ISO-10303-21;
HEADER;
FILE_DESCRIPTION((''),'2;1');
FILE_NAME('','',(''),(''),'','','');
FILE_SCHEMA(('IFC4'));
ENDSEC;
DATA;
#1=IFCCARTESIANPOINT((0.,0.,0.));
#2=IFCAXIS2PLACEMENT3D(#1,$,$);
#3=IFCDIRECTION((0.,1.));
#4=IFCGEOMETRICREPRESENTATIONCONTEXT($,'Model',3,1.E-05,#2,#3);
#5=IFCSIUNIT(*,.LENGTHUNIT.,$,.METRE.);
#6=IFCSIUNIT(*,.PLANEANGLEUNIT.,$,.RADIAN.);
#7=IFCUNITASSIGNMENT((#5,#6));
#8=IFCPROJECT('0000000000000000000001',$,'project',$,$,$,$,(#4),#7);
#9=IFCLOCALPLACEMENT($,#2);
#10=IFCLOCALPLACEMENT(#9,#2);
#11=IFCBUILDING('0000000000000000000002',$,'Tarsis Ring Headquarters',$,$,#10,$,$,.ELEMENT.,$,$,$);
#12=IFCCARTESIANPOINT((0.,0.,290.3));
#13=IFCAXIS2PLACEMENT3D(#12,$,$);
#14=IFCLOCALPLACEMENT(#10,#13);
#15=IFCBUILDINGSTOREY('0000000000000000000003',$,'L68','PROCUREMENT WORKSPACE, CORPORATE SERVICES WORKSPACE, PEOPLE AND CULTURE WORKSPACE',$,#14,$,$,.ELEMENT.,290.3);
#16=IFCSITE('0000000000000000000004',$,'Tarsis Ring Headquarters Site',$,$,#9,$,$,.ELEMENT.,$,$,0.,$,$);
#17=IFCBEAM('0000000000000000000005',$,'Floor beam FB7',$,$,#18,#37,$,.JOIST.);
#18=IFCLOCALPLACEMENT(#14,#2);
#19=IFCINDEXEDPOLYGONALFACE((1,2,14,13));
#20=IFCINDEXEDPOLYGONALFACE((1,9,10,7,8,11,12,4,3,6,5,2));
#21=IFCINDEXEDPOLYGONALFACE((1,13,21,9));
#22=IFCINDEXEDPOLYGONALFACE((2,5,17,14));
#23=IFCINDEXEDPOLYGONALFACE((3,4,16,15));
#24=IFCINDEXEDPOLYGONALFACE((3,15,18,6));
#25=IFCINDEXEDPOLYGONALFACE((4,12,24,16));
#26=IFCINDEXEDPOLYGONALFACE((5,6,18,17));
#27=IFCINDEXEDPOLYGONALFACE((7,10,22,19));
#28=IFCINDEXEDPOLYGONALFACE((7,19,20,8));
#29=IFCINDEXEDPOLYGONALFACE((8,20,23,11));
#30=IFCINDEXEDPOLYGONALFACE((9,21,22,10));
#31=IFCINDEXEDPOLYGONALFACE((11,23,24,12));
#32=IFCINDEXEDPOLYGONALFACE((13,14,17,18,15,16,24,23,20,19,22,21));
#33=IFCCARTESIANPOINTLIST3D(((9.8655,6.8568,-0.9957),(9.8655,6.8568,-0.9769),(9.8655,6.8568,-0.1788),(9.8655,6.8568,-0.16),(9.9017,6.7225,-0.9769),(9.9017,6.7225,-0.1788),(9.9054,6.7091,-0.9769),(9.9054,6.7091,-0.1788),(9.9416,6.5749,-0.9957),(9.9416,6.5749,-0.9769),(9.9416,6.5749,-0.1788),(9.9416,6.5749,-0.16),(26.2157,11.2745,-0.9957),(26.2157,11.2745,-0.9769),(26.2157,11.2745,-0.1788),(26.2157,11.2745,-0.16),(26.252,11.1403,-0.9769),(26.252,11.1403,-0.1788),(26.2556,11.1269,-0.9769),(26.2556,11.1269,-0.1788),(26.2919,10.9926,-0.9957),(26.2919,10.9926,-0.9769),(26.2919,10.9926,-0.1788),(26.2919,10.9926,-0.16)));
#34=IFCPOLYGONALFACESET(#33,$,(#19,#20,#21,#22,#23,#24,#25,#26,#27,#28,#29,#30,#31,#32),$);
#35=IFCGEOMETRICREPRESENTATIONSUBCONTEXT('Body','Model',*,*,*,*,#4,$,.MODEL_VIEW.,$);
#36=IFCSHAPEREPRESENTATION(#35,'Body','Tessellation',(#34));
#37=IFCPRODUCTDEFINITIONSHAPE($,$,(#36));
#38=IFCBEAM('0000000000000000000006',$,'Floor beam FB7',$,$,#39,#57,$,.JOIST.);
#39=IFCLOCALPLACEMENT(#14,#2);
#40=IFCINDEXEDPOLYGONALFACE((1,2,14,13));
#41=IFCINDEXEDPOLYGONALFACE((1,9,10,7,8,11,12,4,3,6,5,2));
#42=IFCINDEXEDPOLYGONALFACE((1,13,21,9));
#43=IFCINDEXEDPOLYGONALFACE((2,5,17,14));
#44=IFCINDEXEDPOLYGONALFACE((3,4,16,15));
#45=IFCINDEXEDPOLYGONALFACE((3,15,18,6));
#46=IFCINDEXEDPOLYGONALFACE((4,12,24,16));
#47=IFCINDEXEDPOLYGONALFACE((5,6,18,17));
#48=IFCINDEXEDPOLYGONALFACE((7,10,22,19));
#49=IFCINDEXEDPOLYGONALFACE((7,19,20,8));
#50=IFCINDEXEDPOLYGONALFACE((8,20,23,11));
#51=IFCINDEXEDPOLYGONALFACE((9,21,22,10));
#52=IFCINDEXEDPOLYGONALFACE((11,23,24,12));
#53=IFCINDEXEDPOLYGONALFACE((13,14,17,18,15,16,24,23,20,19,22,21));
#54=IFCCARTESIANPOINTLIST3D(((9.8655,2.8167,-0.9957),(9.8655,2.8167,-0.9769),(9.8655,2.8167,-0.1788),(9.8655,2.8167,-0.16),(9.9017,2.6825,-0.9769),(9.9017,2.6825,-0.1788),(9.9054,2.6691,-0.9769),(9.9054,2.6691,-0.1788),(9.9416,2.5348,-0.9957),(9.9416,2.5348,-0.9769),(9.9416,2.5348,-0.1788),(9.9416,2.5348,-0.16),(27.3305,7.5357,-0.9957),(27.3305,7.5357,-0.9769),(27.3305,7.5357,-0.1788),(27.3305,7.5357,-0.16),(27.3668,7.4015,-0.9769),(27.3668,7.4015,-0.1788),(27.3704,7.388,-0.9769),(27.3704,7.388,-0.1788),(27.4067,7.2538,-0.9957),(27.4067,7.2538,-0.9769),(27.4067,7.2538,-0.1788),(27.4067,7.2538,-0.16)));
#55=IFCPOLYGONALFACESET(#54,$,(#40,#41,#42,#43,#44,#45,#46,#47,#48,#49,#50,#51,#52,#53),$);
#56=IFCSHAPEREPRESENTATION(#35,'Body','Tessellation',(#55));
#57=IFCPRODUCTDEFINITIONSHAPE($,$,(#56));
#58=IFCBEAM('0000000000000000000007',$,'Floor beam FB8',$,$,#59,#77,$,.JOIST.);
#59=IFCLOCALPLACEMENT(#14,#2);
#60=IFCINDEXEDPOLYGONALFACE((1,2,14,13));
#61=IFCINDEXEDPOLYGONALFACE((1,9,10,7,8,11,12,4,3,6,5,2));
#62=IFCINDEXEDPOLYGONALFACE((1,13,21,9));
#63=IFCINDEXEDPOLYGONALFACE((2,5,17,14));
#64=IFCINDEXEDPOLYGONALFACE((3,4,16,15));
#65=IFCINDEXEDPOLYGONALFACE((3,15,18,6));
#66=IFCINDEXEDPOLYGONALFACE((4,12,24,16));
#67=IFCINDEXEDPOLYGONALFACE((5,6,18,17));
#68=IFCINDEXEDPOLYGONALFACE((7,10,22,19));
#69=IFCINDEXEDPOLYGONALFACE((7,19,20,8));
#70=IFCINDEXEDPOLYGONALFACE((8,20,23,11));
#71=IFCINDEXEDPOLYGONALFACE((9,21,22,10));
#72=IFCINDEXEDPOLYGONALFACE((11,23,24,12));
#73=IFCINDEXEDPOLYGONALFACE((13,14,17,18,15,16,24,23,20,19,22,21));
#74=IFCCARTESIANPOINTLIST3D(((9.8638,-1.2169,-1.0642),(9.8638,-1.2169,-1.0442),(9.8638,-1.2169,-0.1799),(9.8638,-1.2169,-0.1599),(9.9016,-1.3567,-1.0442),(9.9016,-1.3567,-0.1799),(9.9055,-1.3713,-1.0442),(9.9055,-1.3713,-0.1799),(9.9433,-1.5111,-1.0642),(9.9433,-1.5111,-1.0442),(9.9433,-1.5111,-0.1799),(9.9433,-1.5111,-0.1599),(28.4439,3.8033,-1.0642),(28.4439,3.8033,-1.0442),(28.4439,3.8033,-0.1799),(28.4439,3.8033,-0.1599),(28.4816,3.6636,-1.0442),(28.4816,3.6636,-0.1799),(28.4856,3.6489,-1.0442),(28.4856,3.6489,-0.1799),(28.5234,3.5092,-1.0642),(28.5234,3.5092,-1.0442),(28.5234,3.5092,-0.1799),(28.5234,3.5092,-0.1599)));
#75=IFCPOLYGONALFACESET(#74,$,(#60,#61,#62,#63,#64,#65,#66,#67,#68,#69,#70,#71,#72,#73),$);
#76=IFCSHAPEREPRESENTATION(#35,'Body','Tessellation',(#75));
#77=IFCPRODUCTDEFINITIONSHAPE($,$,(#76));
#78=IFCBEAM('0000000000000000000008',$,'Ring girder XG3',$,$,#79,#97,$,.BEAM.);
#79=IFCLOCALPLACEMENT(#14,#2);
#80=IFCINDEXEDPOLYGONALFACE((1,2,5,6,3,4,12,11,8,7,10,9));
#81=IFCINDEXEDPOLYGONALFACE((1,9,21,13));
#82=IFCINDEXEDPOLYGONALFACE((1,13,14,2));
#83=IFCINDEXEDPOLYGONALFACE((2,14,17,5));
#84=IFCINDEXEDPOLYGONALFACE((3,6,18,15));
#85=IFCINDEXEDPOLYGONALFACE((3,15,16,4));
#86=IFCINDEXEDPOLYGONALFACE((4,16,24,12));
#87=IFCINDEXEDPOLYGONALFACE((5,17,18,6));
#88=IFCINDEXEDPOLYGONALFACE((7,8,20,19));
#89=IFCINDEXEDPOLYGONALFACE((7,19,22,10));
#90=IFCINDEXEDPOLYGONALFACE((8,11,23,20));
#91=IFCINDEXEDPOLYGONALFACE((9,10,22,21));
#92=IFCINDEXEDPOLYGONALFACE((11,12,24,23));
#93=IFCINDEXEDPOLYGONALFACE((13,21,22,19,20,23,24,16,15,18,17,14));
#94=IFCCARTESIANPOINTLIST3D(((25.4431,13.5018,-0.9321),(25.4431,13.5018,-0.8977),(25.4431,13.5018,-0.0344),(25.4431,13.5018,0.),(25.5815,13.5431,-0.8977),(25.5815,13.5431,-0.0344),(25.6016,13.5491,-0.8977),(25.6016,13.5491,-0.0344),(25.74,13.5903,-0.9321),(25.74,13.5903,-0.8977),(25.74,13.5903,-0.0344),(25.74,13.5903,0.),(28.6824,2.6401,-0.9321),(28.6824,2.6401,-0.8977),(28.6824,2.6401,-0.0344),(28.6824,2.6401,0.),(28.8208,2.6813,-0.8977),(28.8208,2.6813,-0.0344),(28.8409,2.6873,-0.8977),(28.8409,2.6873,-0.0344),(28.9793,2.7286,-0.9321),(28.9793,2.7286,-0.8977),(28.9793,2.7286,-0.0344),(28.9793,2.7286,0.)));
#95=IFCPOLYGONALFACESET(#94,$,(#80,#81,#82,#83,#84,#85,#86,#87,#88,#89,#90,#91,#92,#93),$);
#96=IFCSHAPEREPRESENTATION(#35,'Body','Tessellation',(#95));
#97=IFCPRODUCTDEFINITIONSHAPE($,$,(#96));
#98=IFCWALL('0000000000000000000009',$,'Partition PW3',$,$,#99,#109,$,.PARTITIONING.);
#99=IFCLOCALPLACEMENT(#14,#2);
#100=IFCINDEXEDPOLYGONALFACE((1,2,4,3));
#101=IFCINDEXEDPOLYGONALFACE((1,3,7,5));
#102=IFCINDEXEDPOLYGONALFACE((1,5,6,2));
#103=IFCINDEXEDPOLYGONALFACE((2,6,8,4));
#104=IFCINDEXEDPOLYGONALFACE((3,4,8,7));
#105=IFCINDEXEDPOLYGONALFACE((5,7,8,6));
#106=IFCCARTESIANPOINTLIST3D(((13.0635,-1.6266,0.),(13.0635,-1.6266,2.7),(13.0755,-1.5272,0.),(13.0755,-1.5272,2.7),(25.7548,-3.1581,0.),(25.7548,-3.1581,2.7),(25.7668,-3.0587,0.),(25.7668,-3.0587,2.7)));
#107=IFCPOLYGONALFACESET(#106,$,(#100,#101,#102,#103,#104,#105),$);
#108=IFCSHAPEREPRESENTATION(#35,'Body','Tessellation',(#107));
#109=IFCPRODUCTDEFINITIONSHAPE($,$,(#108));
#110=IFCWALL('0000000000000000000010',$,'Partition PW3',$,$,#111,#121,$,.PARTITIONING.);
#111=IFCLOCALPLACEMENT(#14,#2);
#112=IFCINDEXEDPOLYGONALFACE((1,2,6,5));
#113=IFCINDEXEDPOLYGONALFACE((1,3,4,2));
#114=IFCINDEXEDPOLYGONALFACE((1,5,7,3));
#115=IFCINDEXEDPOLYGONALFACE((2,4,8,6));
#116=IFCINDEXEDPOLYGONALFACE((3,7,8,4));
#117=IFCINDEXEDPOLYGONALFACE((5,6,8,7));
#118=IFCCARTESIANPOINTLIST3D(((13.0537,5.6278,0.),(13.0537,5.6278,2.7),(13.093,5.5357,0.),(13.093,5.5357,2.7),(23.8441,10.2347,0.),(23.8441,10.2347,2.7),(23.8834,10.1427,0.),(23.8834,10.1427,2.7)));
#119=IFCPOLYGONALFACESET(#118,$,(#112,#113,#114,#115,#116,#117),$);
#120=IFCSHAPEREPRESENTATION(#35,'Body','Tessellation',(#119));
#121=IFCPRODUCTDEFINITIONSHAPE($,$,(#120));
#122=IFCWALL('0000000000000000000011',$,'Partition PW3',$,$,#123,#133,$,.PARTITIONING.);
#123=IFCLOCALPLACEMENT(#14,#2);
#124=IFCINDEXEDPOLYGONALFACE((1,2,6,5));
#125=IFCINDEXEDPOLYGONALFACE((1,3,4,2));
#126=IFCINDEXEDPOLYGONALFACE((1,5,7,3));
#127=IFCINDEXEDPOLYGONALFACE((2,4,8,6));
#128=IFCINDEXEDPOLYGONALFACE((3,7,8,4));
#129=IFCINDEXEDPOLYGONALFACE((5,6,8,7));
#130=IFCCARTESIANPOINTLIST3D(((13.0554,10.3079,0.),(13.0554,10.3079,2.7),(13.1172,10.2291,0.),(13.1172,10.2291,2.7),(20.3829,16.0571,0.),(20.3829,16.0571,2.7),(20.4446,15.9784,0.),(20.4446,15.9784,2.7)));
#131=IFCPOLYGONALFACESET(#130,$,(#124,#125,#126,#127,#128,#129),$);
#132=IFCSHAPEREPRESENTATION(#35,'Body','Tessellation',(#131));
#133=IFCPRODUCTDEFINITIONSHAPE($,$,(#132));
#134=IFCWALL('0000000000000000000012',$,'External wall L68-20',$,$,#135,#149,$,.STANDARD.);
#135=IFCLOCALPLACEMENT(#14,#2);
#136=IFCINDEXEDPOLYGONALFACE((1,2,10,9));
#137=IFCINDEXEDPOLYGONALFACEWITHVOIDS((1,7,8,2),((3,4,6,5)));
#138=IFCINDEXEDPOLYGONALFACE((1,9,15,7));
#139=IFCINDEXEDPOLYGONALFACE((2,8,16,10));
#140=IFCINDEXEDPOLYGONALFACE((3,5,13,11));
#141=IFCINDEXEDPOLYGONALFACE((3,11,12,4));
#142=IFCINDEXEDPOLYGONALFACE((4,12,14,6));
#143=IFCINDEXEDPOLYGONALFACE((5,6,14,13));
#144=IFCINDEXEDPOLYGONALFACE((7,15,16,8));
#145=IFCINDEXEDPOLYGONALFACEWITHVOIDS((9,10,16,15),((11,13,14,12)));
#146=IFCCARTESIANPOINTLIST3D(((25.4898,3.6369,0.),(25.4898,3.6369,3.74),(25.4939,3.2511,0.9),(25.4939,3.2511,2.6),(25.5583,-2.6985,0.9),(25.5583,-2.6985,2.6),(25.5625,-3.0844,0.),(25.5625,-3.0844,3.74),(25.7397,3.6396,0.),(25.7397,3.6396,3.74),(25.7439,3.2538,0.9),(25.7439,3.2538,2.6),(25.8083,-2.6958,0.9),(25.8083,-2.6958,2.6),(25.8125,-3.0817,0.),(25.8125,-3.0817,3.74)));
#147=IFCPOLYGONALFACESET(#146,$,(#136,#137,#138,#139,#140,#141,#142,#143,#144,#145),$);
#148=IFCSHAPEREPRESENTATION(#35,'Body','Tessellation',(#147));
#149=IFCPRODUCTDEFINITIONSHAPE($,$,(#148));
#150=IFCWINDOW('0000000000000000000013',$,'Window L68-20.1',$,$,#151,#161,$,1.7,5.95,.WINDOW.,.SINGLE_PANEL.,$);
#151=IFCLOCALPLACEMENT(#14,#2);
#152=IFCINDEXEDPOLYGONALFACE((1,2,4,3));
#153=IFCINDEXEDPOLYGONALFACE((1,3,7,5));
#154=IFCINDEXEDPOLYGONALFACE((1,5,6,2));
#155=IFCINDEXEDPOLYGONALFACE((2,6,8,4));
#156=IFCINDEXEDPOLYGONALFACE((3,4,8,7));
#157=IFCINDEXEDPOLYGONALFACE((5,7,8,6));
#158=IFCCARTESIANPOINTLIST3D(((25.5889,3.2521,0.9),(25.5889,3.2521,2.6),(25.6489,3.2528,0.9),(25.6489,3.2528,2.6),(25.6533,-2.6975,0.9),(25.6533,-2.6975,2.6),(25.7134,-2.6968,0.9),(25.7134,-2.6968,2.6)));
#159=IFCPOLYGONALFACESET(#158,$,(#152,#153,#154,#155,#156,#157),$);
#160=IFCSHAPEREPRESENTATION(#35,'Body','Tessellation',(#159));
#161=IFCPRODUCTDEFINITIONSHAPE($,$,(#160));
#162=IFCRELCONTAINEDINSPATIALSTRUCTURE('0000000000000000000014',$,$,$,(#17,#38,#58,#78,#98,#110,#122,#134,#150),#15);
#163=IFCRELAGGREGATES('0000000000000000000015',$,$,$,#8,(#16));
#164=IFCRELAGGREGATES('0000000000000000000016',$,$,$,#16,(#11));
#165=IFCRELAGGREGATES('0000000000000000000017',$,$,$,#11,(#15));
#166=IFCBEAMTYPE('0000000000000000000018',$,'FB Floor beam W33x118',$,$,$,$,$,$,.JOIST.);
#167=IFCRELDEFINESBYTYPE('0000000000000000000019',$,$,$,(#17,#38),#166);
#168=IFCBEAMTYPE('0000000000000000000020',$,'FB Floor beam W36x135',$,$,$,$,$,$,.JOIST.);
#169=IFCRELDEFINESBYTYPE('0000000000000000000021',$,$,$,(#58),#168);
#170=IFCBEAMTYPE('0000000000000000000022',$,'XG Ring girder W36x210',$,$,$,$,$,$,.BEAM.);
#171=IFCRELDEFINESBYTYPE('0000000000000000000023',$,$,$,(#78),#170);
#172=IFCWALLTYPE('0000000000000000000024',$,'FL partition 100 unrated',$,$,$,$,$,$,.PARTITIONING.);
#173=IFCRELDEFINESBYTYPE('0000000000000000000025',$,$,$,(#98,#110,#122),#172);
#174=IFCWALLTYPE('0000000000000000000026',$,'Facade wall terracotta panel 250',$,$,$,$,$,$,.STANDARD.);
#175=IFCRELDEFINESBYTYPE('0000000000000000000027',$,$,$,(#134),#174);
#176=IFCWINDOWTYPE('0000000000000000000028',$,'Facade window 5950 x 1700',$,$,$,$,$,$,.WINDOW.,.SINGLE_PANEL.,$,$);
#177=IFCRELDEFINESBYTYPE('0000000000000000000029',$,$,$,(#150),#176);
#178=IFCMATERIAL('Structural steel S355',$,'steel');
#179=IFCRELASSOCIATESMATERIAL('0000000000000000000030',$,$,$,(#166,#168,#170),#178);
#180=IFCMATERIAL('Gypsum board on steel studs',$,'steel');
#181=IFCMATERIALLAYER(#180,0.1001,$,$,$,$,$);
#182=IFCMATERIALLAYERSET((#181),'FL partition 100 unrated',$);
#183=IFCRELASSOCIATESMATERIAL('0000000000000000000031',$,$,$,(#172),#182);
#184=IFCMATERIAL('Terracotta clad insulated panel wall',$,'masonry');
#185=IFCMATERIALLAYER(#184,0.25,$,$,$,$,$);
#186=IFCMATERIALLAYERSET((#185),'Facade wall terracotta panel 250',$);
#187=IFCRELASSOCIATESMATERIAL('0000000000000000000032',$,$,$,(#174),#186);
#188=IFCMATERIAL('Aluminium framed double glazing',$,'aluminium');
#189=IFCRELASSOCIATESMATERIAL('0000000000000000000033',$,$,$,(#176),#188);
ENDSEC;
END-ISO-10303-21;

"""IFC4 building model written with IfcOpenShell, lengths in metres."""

from ifc_helpers import new_model, si_unit, direction, frame, frame_2d, origin, origin_2d, place, context, subcontext, project, spatial, rectangle, i_section, extrude, material, layer, layer_set, material_profile, profile_set, type_object, element, fill, save


model = new_model("IFC4")

# Units and contexts
model_context = context("Model", 3, precision=1e-05, world=origin(), true_north=direction((0.0, 1.0)))
body_context = subcontext(model_context, "Body", "Model", "MODEL_VIEW")
ifc_project = project(units=[si_unit("LENGTHUNIT", "METRE"), si_unit("PLANEANGLEUNIT", "RADIAN")], contexts=[model_context])

# Site, building, storey
site_placement = place(None, origin())
site = spatial("IfcSite", under=ifc_project, at=site_placement, Name="Tarsis Ring Headquarters Site", CompositionType="ELEMENT", RefElevation=0.0)
building_placement = place(site_placement, origin())
building = spatial("IfcBuilding", under=site, at=building_placement, Name="Tarsis Ring Headquarters", CompositionType="ELEMENT")
storey_placement = place(building_placement, frame((0.0, 0.0, 290.3)))
storey = spatial("IfcBuildingStorey", under=building, at=storey_placement, Name="L68", Description="PROCUREMENT WORKSPACE, CORPORATE SERVICES WORKSPACE, PEOPLE AND CULTURE WORKSPACE", CompositionType="ELEMENT", Elevation=290.3)

# Shared definitions
ifc_material_1 = material(Name="Structural steel S355", Category="steel")

# Beams
ifc_material_profile_1 = material_profile(ifc_material_1, i_section(OverallWidth=0.292, OverallDepth=0.8357, WebThickness=0.0139, FlangeThickness=0.0188, at=origin_2d()), Name="W33x118")
ifc_profile_set_1 = profile_set([ifc_material_profile_1], Name="Structural steel S355")
beam_type_1 = type_object("IfcBeamType", Name="FB Floor beam W33x118", PredefinedType="JOIST", material=ifc_profile_set_1)
beam_1_placement = place(storey_placement, frame((9.9036, 6.7158, -0.5779), z_axis=(0.965382, 0.260842, 0.0), x_axis=(-0.260842, 0.965382, 0.0)))
element("IfcBeam", 1, at=beam_1_placement, inside=storey, type_object=beam_type_1, Name="Floor beam FB7", PredefinedType="JOIST", context=body_context, shape_type="SweptSolid", body=[
    extrude(i_section(OverallWidth=0.292, OverallDepth=0.8357, WebThickness=0.0139, FlangeThickness=0.0188, at=origin_2d()), origin(), (0.0, 0.0, 1.0), 16.9365),
])
beam_2_placement = place(storey_placement, frame((9.9036, 2.6758, -0.5779), z_axis=(0.965381, 0.260842, 0.0), x_axis=(-0.260842, 0.965381, 0.0)))
element("IfcBeam", 2, at=beam_2_placement, inside=storey, type_object=beam_type_1, Name="Floor beam FB7", PredefinedType="JOIST", context=body_context, shape_type="SweptSolid", body=[
    extrude(i_section(OverallWidth=0.292, OverallDepth=0.8357, WebThickness=0.0139, FlangeThickness=0.0188, at=origin_2d()), origin(), (0.0, 0.0, 1.0), 18.0913),
])
ifc_material_profile_2 = material_profile(ifc_material_1, i_section(OverallWidth=0.3047, OverallDepth=0.9043, WebThickness=0.0151, FlangeThickness=0.02, at=origin_2d()), Name="W36x135")
ifc_profile_set_2 = profile_set([ifc_material_profile_2], Name="Structural steel S355")
beam_type_2 = type_object("IfcBeamType", Name="FB Floor beam W36x135", PredefinedType="JOIST", material=ifc_profile_set_2)
beam_3_placement = place(storey_placement, frame((9.9036, -1.364, -0.6121), z_axis=(0.965381, 0.260842, 0.0), x_axis=(-0.260842, 0.965381, 0.0)))
element("IfcBeam", 3, at=beam_3_placement, inside=storey, type_object=beam_type_2, Name="Floor beam FB8", PredefinedType="JOIST", context=body_context, shape_type="SweptSolid", body=[
    extrude(i_section(OverallWidth=0.3047, OverallDepth=0.9043, WebThickness=0.0151, FlangeThickness=0.02, at=origin_2d()), origin(), (0.0, 0.0, 1.0), 19.2463),
])
ifc_material_profile_3 = material_profile(ifc_material_1, i_section(OverallWidth=0.3098, OverallDepth=0.9321, WebThickness=0.021, FlangeThickness=0.0344, at=origin_2d()), Name="W36x210")
ifc_profile_set_3 = profile_set([ifc_material_profile_3], Name="Structural steel S355")
beam_type_3 = type_object("IfcBeamType", Name="XG Ring girder W36x210", PredefinedType="BEAM", material=ifc_profile_set_3)
beam_4_placement = place(storey_placement, frame((28.8308, 2.6843, -0.4661), z_axis=(-0.285786, 0.958293, 0.0), x_axis=(-0.958293, -0.285786, 0.0)))
element("IfcBeam", 4, at=beam_4_placement, inside=storey, type_object=beam_type_3, Name="Ring girder XG3", PredefinedType="BEAM", context=body_context, shape_type="SweptSolid", body=[
    extrude(i_section(OverallWidth=0.3098, OverallDepth=0.9321, WebThickness=0.021, FlangeThickness=0.0344, at=origin_2d()), origin(), (0.0, 0.0, 1.0), 11.3345),
])

# Walls
ifc_material_2 = material(Name="Gypsum board on steel studs", Category="steel")
ifc_layer_1 = layer(ifc_material_2, 0.1001)
ifc_layer_set_1 = layer_set([ifc_layer_1], Name="FL partition 100 unrated")
wall_type_1 = type_object("IfcWallType", Name="FL partition 100 unrated", PredefinedType="PARTITIONING", material=ifc_layer_set_1)
wall_1_placement = place(storey_placement, frame((13.0696, -1.5769, 0.0), z_axis=(0.0, 0.0, 1.0), x_axis=(0.992798, -0.119803, 0.0)))
element("IfcWall", 5, at=wall_1_placement, inside=storey, type_object=wall_type_1, Name="Partition PW3", PredefinedType="PARTITIONING", context=body_context, shape_type="SweptSolid", body=[
    extrude(rectangle(XDim=12.7834, YDim=0.1001, at=frame_2d((6.3916, 0.0))), origin(), (0.0, 0.0, 1.0), 2.7),
])
wall_2_placement = place(storey_placement, frame((13.0735, 5.5818, 0.0), z_axis=(0.0, 0.0, 1.0), x_axis=(0.919683, 0.392661, 0.0)))
element("IfcWall", 6, at=wall_2_placement, inside=storey, type_object=wall_type_1, Name="Partition PW3", PredefinedType="PARTITIONING", context=body_context, shape_type="SweptSolid", body=[
    extrude(rectangle(XDim=11.7327, YDim=0.1001, at=frame_2d((5.8662, 0.0))), origin(), (0.0, 0.0, 1.0), 2.7),
])
wall_3_placement = place(storey_placement, frame((13.0864, 10.2686, 0.0), z_axis=(0.0, 0.0, 1.0), x_axis=(0.786734, 0.617292, 0.0)))
element("IfcWall", 7, at=wall_3_placement, inside=storey, type_object=wall_type_1, Name="Partition PW3", PredefinedType="PARTITIONING", context=body_context, shape_type="SweptSolid", body=[
    extrude(rectangle(XDim=9.3137, YDim=0.1001, at=frame_2d((4.6567, 0.0))), origin(), (0.0, 0.0, 1.0), 2.7),
])

# Wall, opening, window
ifc_material_3 = material(Name="Terracotta clad insulated panel wall", Category="masonry")
ifc_layer_2 = layer(ifc_material_3, 0.25)
ifc_layer_set_2 = layer_set([ifc_layer_2], Name="Facade wall terracotta panel 250")
wall_type_2 = type_object("IfcWallType", Name="Facade wall terracotta panel 250", PredefinedType="STANDARD", material=ifc_layer_set_2)
wall_4_placement = place(storey_placement, frame((25.6875, -3.083, 0.0), z_axis=(0.0, 0.0, 1.0), x_axis=(-0.010824, 0.999941, 0.0)))
wall_4 = element("IfcWall", 8, at=wall_4_placement, inside=storey, type_object=wall_type_2, Name="External wall L68-20", PredefinedType="STANDARD", context=body_context, shape_type="SweptSolid", body=[
    extrude(rectangle(XDim=6.7217, YDim=0.25, at=frame_2d((3.3608, 0.0))), origin(), (0.0, 0.0, 1.0), 3.74),
])
opening_1_placement = place(wall_4_placement, frame((0.3857, 0.0, 0.8999)))
opening_1 = element("IfcOpeningElement", 9, at=opening_1_placement, cuts=wall_4, PredefinedType="OPENING", context=body_context, shape_type="SweptSolid", body=[
    extrude(rectangle(XDim=5.95, YDim=1.7, at=frame_2d((2.9751, 0.8501))), frame((0.0, 0.135, 0.0), z_axis=(0.0, -1.0, 0.0), x_axis=(1.0, 0.0, 0.0)), (0.0, 0.0, 1.0), 0.27),
])
ifc_material_4 = material(Name="Aluminium framed double glazing", Category="aluminium")
window_type = type_object("IfcWindowType", Name="Facade window 5950 x 1700", PartitioningType="SINGLE_PANEL", PredefinedType="WINDOW", material=ifc_material_4)
window_1_placement = place(opening_1_placement, origin())
window_1 = element("IfcWindow", 10, at=window_1_placement, inside=storey, type_object=window_type, Name="Window L68-20.1", OverallHeight=1.7, OverallWidth=5.95, PartitioningType="SINGLE_PANEL", PredefinedType="WINDOW", context=body_context, shape_type="SweptSolid", body=[
    extrude(rectangle(XDim=5.95, YDim=1.7, at=frame_2d((2.9751, 0.8501))), frame((0.0, 0.03, 0.0), z_axis=(0.0, -1.0, 0.0), x_axis=(1.0, 0.0, 0.0)), (0.0, 0.0, 1.0), 0.0601),
])
fill(opening_1, window_1)

save(model, "model.ifc")
